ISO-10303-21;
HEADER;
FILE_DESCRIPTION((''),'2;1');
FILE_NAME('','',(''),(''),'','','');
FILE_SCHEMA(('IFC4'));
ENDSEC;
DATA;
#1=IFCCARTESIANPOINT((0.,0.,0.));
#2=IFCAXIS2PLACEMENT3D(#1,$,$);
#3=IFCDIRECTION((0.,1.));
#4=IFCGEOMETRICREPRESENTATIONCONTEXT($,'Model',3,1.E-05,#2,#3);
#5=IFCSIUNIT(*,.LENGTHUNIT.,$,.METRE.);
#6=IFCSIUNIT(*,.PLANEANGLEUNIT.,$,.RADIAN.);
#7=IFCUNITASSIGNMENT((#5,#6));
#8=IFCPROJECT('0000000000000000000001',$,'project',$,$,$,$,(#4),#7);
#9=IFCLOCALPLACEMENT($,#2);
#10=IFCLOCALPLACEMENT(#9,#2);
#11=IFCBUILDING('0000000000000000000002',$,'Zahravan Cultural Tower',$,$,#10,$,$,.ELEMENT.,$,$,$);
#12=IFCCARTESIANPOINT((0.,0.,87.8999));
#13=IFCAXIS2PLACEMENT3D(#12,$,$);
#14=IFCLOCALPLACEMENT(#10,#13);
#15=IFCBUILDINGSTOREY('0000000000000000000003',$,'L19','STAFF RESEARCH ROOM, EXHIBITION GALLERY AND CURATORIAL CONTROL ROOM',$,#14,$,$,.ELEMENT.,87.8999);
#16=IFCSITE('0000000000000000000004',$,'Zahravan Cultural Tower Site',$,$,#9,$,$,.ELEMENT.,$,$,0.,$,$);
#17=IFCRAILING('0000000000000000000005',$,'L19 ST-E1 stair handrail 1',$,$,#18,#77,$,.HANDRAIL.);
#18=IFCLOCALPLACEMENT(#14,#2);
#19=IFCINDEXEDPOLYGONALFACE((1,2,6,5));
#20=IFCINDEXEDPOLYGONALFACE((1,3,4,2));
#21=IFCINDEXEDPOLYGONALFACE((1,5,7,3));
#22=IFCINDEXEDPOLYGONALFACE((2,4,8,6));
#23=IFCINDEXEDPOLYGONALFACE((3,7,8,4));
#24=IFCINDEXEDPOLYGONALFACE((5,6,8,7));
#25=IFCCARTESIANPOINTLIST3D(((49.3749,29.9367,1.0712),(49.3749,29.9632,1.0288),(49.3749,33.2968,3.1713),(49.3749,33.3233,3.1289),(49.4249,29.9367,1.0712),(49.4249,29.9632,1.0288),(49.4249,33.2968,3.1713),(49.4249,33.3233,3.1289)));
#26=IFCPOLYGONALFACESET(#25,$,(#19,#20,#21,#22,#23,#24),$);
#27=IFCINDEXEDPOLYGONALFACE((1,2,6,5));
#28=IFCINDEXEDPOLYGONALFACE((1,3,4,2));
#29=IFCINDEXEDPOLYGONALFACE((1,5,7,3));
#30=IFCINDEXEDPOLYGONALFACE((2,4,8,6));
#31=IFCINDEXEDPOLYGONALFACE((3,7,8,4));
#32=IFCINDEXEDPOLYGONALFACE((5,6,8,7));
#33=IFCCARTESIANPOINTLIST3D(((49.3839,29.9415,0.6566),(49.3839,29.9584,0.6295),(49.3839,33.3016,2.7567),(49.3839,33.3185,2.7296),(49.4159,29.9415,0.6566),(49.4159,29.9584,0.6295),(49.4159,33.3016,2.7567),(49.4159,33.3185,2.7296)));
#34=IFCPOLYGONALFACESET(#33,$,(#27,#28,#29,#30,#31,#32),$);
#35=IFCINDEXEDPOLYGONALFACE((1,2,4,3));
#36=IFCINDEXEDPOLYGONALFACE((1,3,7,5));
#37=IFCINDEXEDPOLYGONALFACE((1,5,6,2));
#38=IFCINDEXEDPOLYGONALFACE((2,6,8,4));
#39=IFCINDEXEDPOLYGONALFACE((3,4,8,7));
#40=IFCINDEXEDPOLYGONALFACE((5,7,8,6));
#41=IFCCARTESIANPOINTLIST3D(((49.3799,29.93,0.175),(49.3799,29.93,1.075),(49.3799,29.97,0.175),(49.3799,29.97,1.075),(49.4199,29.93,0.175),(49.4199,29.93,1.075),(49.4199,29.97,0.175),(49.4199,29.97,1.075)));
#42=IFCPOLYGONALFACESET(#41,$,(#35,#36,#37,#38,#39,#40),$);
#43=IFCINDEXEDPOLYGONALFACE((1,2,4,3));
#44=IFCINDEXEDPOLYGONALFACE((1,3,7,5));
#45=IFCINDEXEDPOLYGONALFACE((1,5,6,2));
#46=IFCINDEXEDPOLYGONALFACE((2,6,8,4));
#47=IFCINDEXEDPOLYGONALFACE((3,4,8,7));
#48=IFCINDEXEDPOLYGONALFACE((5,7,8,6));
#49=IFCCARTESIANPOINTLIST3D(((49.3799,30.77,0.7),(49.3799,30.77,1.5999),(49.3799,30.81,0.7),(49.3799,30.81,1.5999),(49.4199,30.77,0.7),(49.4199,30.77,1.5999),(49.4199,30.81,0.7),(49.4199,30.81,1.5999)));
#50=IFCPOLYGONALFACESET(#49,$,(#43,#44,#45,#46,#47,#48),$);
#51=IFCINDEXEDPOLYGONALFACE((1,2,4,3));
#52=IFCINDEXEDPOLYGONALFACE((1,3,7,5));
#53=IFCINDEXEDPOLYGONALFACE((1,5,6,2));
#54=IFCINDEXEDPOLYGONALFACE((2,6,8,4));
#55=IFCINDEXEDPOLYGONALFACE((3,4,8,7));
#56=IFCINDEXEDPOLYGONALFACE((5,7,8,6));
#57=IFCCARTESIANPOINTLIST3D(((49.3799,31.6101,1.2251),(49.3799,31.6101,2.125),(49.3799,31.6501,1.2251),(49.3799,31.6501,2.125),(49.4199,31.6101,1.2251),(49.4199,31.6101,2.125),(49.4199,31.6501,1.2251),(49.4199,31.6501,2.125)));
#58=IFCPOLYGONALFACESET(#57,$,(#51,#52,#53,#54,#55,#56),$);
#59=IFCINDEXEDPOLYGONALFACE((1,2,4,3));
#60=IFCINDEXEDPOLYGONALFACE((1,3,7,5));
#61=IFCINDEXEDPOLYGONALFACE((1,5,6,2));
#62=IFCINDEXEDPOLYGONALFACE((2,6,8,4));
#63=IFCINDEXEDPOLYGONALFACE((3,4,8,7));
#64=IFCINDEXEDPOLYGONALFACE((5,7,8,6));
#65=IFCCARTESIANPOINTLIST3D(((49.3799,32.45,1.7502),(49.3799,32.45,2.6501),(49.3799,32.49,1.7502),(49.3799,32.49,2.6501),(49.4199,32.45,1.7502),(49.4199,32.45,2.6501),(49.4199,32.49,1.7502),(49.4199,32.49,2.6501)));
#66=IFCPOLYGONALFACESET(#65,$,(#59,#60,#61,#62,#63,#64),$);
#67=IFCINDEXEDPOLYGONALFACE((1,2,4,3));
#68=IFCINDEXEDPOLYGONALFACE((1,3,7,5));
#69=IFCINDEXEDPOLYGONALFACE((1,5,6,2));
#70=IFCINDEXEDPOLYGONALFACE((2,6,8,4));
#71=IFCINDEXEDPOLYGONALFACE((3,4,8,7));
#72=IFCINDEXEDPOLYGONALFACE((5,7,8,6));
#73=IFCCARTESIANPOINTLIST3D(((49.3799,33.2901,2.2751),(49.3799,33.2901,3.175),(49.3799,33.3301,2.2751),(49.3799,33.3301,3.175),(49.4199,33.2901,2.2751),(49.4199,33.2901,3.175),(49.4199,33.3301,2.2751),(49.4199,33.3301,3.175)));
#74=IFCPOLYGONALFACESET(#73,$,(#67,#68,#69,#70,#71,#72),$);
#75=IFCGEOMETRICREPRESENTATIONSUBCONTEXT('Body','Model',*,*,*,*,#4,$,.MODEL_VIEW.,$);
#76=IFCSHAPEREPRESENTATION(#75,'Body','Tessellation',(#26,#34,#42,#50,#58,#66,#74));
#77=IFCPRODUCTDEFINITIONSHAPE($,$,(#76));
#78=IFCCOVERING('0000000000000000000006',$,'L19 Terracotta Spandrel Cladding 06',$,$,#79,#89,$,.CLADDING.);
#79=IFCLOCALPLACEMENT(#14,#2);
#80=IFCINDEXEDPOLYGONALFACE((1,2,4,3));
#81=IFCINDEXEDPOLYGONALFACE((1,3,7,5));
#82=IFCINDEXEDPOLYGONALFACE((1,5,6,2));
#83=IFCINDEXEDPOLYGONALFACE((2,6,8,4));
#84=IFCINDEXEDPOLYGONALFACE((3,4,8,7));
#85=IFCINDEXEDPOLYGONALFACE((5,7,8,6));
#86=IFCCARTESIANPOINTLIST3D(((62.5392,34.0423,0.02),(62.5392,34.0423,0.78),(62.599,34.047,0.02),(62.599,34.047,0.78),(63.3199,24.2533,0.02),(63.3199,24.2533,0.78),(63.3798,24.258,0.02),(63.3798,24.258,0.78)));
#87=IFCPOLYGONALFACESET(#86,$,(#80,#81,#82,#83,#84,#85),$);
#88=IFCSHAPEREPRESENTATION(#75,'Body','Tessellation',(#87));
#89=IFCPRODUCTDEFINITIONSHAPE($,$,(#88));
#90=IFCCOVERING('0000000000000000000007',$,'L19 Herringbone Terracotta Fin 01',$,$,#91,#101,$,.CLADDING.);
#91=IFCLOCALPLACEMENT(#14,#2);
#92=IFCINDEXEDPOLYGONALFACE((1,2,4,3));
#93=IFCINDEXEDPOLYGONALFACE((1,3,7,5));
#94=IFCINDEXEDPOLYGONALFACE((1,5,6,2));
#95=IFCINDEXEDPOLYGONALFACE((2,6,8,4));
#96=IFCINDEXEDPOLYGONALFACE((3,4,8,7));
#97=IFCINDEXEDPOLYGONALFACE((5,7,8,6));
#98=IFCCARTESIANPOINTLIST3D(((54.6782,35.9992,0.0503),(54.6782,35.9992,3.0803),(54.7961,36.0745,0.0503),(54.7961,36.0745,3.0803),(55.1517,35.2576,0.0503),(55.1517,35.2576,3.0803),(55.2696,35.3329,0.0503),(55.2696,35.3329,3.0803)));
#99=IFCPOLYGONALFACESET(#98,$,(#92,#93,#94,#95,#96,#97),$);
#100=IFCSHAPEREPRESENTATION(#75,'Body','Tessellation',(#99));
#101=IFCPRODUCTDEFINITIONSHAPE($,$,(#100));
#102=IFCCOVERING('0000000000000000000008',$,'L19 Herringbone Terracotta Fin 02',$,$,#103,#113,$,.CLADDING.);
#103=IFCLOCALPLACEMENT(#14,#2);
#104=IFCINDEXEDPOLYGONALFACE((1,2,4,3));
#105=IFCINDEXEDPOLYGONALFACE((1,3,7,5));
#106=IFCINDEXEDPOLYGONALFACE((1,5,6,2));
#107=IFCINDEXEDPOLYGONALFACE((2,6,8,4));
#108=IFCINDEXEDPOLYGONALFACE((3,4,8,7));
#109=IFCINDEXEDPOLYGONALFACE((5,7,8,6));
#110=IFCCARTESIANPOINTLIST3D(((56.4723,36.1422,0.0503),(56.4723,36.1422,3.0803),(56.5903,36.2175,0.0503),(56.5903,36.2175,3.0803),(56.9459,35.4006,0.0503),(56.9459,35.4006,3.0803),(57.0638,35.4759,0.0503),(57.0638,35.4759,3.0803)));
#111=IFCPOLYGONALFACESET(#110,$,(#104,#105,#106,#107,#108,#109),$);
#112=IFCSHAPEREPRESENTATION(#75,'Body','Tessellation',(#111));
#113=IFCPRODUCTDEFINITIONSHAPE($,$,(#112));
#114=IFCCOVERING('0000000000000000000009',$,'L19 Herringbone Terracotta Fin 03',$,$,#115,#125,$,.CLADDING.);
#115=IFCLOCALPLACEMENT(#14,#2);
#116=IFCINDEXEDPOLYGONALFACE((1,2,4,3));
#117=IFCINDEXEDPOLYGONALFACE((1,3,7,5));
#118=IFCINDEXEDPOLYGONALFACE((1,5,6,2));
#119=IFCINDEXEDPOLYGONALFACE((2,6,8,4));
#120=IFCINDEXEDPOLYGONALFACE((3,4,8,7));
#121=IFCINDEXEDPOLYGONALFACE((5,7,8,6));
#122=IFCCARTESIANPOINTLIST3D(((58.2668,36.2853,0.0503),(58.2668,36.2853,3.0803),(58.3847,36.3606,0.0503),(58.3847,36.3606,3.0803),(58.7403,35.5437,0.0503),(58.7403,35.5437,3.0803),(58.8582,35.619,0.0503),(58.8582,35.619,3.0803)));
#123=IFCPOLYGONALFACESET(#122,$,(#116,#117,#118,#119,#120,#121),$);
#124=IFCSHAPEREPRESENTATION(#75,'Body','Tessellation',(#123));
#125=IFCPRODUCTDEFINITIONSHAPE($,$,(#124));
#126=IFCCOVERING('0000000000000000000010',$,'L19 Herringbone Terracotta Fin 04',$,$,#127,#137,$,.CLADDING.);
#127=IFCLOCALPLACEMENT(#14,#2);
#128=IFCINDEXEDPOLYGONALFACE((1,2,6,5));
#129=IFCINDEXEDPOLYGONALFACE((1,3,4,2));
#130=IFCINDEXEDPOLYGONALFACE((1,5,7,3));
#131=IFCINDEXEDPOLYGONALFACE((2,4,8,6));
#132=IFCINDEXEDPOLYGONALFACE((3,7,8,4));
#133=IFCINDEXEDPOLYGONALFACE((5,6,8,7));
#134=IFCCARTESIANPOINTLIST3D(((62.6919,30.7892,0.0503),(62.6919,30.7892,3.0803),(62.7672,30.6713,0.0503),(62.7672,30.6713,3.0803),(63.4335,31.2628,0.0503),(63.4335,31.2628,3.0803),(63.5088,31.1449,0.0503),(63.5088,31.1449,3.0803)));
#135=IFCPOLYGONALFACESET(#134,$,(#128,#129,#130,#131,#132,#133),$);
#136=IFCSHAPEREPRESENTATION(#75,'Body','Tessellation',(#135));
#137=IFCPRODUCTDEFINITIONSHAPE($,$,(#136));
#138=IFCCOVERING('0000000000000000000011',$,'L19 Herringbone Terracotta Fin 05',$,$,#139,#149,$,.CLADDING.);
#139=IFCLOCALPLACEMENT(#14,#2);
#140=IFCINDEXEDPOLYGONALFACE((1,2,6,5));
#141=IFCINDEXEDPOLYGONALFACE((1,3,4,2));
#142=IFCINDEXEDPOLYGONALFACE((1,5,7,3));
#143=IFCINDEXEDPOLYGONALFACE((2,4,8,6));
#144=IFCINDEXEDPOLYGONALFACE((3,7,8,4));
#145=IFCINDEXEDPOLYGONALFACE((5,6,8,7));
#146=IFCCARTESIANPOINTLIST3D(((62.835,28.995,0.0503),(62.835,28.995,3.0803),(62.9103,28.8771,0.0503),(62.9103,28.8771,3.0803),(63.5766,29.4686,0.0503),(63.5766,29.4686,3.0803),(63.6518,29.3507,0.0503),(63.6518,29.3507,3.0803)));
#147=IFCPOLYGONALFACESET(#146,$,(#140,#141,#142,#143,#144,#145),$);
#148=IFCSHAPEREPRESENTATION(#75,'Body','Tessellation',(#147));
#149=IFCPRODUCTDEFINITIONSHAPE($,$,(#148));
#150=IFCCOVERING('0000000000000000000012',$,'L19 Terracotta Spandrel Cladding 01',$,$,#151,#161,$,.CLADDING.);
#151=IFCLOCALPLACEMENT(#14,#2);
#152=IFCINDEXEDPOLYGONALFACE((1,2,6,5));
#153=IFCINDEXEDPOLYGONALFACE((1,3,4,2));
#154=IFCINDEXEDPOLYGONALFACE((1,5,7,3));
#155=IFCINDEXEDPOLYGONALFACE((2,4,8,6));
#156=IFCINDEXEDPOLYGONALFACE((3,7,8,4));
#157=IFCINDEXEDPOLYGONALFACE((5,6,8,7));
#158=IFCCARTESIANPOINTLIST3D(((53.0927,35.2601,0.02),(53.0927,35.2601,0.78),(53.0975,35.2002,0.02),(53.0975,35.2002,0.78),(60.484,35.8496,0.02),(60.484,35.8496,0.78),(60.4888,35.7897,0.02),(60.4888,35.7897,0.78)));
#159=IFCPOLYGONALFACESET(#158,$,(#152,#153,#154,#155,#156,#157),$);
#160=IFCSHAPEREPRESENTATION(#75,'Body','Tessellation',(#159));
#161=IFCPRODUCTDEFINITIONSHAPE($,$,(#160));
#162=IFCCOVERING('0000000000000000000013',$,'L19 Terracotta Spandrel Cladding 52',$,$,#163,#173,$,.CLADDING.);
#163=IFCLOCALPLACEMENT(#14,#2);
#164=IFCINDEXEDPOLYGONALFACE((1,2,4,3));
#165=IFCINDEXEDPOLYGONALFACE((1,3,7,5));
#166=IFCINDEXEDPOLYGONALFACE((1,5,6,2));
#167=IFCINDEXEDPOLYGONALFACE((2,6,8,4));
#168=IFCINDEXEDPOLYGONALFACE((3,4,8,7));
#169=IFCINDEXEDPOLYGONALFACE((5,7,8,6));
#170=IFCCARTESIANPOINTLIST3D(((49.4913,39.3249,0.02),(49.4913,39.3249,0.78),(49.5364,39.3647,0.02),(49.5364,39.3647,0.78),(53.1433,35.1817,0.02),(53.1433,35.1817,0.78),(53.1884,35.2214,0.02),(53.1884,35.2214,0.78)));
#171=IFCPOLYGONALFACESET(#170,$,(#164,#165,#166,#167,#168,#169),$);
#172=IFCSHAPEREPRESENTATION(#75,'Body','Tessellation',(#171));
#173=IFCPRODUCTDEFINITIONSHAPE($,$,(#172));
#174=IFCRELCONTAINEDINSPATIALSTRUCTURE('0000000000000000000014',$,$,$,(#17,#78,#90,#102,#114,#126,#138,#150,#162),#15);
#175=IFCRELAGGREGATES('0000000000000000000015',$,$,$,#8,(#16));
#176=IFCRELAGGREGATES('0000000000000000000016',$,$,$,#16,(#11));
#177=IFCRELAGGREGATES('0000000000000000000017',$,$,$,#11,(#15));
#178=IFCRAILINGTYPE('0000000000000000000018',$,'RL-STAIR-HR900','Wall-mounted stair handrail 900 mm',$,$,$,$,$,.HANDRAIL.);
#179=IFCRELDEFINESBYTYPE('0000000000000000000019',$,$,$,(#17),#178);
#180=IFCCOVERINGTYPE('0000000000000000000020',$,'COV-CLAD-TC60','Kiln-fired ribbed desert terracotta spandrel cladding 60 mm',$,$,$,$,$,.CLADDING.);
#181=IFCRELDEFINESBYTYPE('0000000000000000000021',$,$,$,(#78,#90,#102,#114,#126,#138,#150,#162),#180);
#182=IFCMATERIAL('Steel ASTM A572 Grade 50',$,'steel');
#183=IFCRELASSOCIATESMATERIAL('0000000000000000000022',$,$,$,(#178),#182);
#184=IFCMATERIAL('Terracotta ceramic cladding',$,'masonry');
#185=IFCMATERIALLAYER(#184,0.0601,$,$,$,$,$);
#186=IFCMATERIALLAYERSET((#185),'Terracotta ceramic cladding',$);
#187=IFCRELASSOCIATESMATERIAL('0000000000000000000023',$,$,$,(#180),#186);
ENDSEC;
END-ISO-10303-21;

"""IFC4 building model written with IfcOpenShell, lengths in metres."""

from ifc_helpers import new_model, si_unit, direction, frame, origin, origin_2d, place, context, subcontext, project, spatial, rectangle, extrude, source, transform, mapped, material, layer, layer_set, type_object, element, save


model = new_model("IFC4")

# Units and contexts
model_context = context("Model", 3, precision=1e-05, world=origin(), true_north=direction((0.0, 1.0)))
body_context = subcontext(model_context, "Body", "Model", "MODEL_VIEW")
ifc_project = project(units=[si_unit("LENGTHUNIT", "METRE"), si_unit("PLANEANGLEUNIT", "RADIAN")], contexts=[model_context])

# Site, building, storey
site_placement = place(None, origin())
site = spatial("IfcSite", under=ifc_project, at=site_placement, Name="Zahravan Cultural Tower Site", CompositionType="ELEMENT", RefElevation=0.0)
building_placement = place(site_placement, origin())
building = spatial("IfcBuilding", under=site, at=building_placement, Name="Zahravan Cultural Tower", CompositionType="ELEMENT")
storey_placement = place(building_placement, frame((0.0, 0.0, 87.8999)))
storey = spatial("IfcBuildingStorey", under=building, at=storey_placement, Name="L19", Description="STAFF RESEARCH ROOM, EXHIBITION GALLERY AND CURATORIAL CONTROL ROOM", CompositionType="ELEMENT", Elevation=87.8999)

# Railing
ifc_material_1 = material(Name="Steel ASTM A572 Grade 50", Category="steel")
railing_type = type_object("IfcRailingType", Name="RL-STAIR-HR900", Description="Wall-mounted stair handrail 900 mm", PredefinedType="HANDRAIL", material=ifc_material_1)
railing_placement = place(storey_placement, frame((49.3999, 29.95, 0.175)))
element("IfcRailing", 1, at=railing_placement, inside=storey, type_object=railing_type, Name="L19 ST-E1 stair handrail 1", PredefinedType="HANDRAIL", context=body_context, shape_type="SweptSolid", body=[
    extrude(rectangle(XDim=0.05, YDim=0.05, at=origin_2d()), frame((0.0, 0.0, 0.875), z_axis=(0.0, 0.847995, 0.530004), x_axis=(-1.0, 0.0, 0.0)), (0.0, 0.0, 1.0), 3.9624),
    extrude(rectangle(XDim=0.032, YDim=0.032, at=origin_2d()), frame((0.0, 0.0, 0.468), z_axis=(0.0, 0.847995, 0.530004), x_axis=(-1.0, 0.0, 0.0)), (0.0, 0.0, 1.0), 3.9624),
    extrude(rectangle(XDim=0.04, YDim=0.04, at=origin_2d()), origin(), (0.0, 0.0, 1.0), 0.8999),
    extrude(rectangle(XDim=0.04, YDim=0.04, at=origin_2d()), frame((0.0, 0.8401, 0.5249)), (0.0, 0.0, 1.0), 0.8999),
    extrude(rectangle(XDim=0.04, YDim=0.04, at=origin_2d()), frame((0.0, 1.6802, 1.05)), (0.0, 0.0, 1.0), 0.8999),
    extrude(rectangle(XDim=0.04, YDim=0.04, at=origin_2d()), frame((0.0, 2.52, 1.5752)), (0.0, 0.0, 1.0), 0.8999),
    extrude(rectangle(XDim=0.04, YDim=0.04, at=origin_2d()), frame((0.0, 3.3601, 2.1001)), (0.0, 0.0, 1.0), 0.8999),
])

# Coverings
ifc_material_2 = material(Name="Terracotta ceramic cladding", Category="masonry")
ifc_layer_1 = layer(ifc_material_2, 0.0601)
ifc_layer_set_1 = layer_set([ifc_layer_1], Name="Terracotta ceramic cladding")
covering_type = type_object("IfcCoveringType", Name="COV-CLAD-TC60", Description="Kiln-fired ribbed desert terracotta spandrel cladding 60 mm", PredefinedType="CLADDING", material=ifc_layer_set_1)
shared_shape_1 = source(origin(), body_context, "Body", "SweptSolid", [
    extrude(rectangle(XDim=9.8201, YDim=0.0601, at=origin_2d()), origin(), (0.0, 0.0, 1.0), 0.76),
])
covering_1_placement = place(storey_placement, frame((62.9595, 29.1501, 0.02), z_axis=(0.0, 0.0, 1.0), x_axis=(0.079503, -0.996835, 0.0)))
element("IfcCovering", 2, at=covering_1_placement, inside=storey, type_object=covering_type, Name="L19 Terracotta Spandrel Cladding 06", PredefinedType="CLADDING", context=body_context, shape_type="MappedRepresentation", body=[
    mapped(shared_shape_1, transform((0.0, 0.0, 0.0), x_axis=(1.0, 0.0, 0.0), y_axis=(0.0, 1.0, 0.0), z_axis=(0.0, 0.0, 1.0), scale=1.0)),
])
shared_shape_2 = source(origin(), body_context, "Body", "SweptSolid", [
    extrude(rectangle(XDim=0.8799, YDim=0.1399, at=origin_2d()), origin(), (0.0, 0.0, 1.0), 3.03),
])
for number, where, z_axis, x_axis, name in (
    (3, (54.9739, 35.666, 0.0503), (0.0, 0.0, 1.0), (-0.538183, 0.842828, 0.0), "L19 Herringbone Terracotta Fin 01"),
    (4, (56.7681, 35.8091, 0.0503), (0.0, 0.0, 1.0), (-0.538183, 0.842828, 0.0), "L19 Herringbone Terracotta Fin 02"),
    (5, (58.5625, 35.9521, 0.0503), (0.0, 0.0, 1.0), (-0.538183, 0.842828, 0.0), "L19 Herringbone Terracotta Fin 03"),
    (6, (63.1003, 30.967, 0.0503), (0.0, 0.0, 1.0), (0.842828, 0.538183, 0.0), "L19 Herringbone Terracotta Fin 04"),
    (7, (63.2434, 29.1729, 0.0503), (0.0, 0.0, 1.0), (0.842828, 0.538183, 0.0), "L19 Herringbone Terracotta Fin 05"),
):
    element("IfcCovering", number, at=place(storey_placement, frame(where, z_axis=z_axis, x_axis=x_axis)), inside=storey, type_object=covering_type, Name=name, PredefinedType="CLADDING", context=body_context, shape_type="MappedRepresentation", body=[
        mapped(shared_shape_2, transform((0.0, 0.0, 0.0), x_axis=(1.0, 0.0, 0.0), y_axis=(0.0, 1.0, 0.0), z_axis=(0.0, 0.0, 1.0), scale=1.0)),
    ])
shared_shape_3 = source(origin(), body_context, "Body", "SweptSolid", [
    extrude(rectangle(XDim=7.4148, YDim=0.0601, at=origin_2d()), origin(), (0.0, 0.0, 1.0), 0.76),
])
covering_2_placement = place(storey_placement, frame((56.7908, 35.5249, 0.02), z_axis=(0.0, 0.0, 1.0), x_axis=(0.996835, 0.079503, 0.0)))
element("IfcCovering", 8, at=covering_2_placement, inside=storey, type_object=covering_type, Name="L19 Terracotta Spandrel Cladding 01", PredefinedType="CLADDING", context=body_context, shape_type="MappedRepresentation", body=[
    mapped(shared_shape_3, transform((0.0, 0.0, 0.0), x_axis=(1.0, 0.0, 0.0), y_axis=(0.0, 1.0, 0.0), z_axis=(0.0, 0.0, 1.0), scale=1.0)),
])
shared_shape_4 = source(origin(), body_context, "Body", "SweptSolid", [
    extrude(rectangle(XDim=5.5229, YDim=0.0601, at=origin_2d()), origin(), (0.0, 0.0, 1.0), 0.76),
])
covering_3_placement = place(storey_placement, frame((51.3398, 37.2732, 0.02), z_axis=(0.0, 0.0, 1.0), x_axis=(0.661233, -0.75018, 0.0)))
element("IfcCovering", 9, at=covering_3_placement, inside=storey, type_object=covering_type, Name="L19 Terracotta Spandrel Cladding 52", PredefinedType="CLADDING", context=body_context, shape_type="MappedRepresentation", body=[
    mapped(shared_shape_4, transform((0.0, 0.0, 0.0), x_axis=(1.0, 0.0, 0.0), y_axis=(0.0, 1.0, 0.0), z_axis=(0.0, 0.0, 1.0), scale=1.0)),
])

save(model, "model.ifc")
